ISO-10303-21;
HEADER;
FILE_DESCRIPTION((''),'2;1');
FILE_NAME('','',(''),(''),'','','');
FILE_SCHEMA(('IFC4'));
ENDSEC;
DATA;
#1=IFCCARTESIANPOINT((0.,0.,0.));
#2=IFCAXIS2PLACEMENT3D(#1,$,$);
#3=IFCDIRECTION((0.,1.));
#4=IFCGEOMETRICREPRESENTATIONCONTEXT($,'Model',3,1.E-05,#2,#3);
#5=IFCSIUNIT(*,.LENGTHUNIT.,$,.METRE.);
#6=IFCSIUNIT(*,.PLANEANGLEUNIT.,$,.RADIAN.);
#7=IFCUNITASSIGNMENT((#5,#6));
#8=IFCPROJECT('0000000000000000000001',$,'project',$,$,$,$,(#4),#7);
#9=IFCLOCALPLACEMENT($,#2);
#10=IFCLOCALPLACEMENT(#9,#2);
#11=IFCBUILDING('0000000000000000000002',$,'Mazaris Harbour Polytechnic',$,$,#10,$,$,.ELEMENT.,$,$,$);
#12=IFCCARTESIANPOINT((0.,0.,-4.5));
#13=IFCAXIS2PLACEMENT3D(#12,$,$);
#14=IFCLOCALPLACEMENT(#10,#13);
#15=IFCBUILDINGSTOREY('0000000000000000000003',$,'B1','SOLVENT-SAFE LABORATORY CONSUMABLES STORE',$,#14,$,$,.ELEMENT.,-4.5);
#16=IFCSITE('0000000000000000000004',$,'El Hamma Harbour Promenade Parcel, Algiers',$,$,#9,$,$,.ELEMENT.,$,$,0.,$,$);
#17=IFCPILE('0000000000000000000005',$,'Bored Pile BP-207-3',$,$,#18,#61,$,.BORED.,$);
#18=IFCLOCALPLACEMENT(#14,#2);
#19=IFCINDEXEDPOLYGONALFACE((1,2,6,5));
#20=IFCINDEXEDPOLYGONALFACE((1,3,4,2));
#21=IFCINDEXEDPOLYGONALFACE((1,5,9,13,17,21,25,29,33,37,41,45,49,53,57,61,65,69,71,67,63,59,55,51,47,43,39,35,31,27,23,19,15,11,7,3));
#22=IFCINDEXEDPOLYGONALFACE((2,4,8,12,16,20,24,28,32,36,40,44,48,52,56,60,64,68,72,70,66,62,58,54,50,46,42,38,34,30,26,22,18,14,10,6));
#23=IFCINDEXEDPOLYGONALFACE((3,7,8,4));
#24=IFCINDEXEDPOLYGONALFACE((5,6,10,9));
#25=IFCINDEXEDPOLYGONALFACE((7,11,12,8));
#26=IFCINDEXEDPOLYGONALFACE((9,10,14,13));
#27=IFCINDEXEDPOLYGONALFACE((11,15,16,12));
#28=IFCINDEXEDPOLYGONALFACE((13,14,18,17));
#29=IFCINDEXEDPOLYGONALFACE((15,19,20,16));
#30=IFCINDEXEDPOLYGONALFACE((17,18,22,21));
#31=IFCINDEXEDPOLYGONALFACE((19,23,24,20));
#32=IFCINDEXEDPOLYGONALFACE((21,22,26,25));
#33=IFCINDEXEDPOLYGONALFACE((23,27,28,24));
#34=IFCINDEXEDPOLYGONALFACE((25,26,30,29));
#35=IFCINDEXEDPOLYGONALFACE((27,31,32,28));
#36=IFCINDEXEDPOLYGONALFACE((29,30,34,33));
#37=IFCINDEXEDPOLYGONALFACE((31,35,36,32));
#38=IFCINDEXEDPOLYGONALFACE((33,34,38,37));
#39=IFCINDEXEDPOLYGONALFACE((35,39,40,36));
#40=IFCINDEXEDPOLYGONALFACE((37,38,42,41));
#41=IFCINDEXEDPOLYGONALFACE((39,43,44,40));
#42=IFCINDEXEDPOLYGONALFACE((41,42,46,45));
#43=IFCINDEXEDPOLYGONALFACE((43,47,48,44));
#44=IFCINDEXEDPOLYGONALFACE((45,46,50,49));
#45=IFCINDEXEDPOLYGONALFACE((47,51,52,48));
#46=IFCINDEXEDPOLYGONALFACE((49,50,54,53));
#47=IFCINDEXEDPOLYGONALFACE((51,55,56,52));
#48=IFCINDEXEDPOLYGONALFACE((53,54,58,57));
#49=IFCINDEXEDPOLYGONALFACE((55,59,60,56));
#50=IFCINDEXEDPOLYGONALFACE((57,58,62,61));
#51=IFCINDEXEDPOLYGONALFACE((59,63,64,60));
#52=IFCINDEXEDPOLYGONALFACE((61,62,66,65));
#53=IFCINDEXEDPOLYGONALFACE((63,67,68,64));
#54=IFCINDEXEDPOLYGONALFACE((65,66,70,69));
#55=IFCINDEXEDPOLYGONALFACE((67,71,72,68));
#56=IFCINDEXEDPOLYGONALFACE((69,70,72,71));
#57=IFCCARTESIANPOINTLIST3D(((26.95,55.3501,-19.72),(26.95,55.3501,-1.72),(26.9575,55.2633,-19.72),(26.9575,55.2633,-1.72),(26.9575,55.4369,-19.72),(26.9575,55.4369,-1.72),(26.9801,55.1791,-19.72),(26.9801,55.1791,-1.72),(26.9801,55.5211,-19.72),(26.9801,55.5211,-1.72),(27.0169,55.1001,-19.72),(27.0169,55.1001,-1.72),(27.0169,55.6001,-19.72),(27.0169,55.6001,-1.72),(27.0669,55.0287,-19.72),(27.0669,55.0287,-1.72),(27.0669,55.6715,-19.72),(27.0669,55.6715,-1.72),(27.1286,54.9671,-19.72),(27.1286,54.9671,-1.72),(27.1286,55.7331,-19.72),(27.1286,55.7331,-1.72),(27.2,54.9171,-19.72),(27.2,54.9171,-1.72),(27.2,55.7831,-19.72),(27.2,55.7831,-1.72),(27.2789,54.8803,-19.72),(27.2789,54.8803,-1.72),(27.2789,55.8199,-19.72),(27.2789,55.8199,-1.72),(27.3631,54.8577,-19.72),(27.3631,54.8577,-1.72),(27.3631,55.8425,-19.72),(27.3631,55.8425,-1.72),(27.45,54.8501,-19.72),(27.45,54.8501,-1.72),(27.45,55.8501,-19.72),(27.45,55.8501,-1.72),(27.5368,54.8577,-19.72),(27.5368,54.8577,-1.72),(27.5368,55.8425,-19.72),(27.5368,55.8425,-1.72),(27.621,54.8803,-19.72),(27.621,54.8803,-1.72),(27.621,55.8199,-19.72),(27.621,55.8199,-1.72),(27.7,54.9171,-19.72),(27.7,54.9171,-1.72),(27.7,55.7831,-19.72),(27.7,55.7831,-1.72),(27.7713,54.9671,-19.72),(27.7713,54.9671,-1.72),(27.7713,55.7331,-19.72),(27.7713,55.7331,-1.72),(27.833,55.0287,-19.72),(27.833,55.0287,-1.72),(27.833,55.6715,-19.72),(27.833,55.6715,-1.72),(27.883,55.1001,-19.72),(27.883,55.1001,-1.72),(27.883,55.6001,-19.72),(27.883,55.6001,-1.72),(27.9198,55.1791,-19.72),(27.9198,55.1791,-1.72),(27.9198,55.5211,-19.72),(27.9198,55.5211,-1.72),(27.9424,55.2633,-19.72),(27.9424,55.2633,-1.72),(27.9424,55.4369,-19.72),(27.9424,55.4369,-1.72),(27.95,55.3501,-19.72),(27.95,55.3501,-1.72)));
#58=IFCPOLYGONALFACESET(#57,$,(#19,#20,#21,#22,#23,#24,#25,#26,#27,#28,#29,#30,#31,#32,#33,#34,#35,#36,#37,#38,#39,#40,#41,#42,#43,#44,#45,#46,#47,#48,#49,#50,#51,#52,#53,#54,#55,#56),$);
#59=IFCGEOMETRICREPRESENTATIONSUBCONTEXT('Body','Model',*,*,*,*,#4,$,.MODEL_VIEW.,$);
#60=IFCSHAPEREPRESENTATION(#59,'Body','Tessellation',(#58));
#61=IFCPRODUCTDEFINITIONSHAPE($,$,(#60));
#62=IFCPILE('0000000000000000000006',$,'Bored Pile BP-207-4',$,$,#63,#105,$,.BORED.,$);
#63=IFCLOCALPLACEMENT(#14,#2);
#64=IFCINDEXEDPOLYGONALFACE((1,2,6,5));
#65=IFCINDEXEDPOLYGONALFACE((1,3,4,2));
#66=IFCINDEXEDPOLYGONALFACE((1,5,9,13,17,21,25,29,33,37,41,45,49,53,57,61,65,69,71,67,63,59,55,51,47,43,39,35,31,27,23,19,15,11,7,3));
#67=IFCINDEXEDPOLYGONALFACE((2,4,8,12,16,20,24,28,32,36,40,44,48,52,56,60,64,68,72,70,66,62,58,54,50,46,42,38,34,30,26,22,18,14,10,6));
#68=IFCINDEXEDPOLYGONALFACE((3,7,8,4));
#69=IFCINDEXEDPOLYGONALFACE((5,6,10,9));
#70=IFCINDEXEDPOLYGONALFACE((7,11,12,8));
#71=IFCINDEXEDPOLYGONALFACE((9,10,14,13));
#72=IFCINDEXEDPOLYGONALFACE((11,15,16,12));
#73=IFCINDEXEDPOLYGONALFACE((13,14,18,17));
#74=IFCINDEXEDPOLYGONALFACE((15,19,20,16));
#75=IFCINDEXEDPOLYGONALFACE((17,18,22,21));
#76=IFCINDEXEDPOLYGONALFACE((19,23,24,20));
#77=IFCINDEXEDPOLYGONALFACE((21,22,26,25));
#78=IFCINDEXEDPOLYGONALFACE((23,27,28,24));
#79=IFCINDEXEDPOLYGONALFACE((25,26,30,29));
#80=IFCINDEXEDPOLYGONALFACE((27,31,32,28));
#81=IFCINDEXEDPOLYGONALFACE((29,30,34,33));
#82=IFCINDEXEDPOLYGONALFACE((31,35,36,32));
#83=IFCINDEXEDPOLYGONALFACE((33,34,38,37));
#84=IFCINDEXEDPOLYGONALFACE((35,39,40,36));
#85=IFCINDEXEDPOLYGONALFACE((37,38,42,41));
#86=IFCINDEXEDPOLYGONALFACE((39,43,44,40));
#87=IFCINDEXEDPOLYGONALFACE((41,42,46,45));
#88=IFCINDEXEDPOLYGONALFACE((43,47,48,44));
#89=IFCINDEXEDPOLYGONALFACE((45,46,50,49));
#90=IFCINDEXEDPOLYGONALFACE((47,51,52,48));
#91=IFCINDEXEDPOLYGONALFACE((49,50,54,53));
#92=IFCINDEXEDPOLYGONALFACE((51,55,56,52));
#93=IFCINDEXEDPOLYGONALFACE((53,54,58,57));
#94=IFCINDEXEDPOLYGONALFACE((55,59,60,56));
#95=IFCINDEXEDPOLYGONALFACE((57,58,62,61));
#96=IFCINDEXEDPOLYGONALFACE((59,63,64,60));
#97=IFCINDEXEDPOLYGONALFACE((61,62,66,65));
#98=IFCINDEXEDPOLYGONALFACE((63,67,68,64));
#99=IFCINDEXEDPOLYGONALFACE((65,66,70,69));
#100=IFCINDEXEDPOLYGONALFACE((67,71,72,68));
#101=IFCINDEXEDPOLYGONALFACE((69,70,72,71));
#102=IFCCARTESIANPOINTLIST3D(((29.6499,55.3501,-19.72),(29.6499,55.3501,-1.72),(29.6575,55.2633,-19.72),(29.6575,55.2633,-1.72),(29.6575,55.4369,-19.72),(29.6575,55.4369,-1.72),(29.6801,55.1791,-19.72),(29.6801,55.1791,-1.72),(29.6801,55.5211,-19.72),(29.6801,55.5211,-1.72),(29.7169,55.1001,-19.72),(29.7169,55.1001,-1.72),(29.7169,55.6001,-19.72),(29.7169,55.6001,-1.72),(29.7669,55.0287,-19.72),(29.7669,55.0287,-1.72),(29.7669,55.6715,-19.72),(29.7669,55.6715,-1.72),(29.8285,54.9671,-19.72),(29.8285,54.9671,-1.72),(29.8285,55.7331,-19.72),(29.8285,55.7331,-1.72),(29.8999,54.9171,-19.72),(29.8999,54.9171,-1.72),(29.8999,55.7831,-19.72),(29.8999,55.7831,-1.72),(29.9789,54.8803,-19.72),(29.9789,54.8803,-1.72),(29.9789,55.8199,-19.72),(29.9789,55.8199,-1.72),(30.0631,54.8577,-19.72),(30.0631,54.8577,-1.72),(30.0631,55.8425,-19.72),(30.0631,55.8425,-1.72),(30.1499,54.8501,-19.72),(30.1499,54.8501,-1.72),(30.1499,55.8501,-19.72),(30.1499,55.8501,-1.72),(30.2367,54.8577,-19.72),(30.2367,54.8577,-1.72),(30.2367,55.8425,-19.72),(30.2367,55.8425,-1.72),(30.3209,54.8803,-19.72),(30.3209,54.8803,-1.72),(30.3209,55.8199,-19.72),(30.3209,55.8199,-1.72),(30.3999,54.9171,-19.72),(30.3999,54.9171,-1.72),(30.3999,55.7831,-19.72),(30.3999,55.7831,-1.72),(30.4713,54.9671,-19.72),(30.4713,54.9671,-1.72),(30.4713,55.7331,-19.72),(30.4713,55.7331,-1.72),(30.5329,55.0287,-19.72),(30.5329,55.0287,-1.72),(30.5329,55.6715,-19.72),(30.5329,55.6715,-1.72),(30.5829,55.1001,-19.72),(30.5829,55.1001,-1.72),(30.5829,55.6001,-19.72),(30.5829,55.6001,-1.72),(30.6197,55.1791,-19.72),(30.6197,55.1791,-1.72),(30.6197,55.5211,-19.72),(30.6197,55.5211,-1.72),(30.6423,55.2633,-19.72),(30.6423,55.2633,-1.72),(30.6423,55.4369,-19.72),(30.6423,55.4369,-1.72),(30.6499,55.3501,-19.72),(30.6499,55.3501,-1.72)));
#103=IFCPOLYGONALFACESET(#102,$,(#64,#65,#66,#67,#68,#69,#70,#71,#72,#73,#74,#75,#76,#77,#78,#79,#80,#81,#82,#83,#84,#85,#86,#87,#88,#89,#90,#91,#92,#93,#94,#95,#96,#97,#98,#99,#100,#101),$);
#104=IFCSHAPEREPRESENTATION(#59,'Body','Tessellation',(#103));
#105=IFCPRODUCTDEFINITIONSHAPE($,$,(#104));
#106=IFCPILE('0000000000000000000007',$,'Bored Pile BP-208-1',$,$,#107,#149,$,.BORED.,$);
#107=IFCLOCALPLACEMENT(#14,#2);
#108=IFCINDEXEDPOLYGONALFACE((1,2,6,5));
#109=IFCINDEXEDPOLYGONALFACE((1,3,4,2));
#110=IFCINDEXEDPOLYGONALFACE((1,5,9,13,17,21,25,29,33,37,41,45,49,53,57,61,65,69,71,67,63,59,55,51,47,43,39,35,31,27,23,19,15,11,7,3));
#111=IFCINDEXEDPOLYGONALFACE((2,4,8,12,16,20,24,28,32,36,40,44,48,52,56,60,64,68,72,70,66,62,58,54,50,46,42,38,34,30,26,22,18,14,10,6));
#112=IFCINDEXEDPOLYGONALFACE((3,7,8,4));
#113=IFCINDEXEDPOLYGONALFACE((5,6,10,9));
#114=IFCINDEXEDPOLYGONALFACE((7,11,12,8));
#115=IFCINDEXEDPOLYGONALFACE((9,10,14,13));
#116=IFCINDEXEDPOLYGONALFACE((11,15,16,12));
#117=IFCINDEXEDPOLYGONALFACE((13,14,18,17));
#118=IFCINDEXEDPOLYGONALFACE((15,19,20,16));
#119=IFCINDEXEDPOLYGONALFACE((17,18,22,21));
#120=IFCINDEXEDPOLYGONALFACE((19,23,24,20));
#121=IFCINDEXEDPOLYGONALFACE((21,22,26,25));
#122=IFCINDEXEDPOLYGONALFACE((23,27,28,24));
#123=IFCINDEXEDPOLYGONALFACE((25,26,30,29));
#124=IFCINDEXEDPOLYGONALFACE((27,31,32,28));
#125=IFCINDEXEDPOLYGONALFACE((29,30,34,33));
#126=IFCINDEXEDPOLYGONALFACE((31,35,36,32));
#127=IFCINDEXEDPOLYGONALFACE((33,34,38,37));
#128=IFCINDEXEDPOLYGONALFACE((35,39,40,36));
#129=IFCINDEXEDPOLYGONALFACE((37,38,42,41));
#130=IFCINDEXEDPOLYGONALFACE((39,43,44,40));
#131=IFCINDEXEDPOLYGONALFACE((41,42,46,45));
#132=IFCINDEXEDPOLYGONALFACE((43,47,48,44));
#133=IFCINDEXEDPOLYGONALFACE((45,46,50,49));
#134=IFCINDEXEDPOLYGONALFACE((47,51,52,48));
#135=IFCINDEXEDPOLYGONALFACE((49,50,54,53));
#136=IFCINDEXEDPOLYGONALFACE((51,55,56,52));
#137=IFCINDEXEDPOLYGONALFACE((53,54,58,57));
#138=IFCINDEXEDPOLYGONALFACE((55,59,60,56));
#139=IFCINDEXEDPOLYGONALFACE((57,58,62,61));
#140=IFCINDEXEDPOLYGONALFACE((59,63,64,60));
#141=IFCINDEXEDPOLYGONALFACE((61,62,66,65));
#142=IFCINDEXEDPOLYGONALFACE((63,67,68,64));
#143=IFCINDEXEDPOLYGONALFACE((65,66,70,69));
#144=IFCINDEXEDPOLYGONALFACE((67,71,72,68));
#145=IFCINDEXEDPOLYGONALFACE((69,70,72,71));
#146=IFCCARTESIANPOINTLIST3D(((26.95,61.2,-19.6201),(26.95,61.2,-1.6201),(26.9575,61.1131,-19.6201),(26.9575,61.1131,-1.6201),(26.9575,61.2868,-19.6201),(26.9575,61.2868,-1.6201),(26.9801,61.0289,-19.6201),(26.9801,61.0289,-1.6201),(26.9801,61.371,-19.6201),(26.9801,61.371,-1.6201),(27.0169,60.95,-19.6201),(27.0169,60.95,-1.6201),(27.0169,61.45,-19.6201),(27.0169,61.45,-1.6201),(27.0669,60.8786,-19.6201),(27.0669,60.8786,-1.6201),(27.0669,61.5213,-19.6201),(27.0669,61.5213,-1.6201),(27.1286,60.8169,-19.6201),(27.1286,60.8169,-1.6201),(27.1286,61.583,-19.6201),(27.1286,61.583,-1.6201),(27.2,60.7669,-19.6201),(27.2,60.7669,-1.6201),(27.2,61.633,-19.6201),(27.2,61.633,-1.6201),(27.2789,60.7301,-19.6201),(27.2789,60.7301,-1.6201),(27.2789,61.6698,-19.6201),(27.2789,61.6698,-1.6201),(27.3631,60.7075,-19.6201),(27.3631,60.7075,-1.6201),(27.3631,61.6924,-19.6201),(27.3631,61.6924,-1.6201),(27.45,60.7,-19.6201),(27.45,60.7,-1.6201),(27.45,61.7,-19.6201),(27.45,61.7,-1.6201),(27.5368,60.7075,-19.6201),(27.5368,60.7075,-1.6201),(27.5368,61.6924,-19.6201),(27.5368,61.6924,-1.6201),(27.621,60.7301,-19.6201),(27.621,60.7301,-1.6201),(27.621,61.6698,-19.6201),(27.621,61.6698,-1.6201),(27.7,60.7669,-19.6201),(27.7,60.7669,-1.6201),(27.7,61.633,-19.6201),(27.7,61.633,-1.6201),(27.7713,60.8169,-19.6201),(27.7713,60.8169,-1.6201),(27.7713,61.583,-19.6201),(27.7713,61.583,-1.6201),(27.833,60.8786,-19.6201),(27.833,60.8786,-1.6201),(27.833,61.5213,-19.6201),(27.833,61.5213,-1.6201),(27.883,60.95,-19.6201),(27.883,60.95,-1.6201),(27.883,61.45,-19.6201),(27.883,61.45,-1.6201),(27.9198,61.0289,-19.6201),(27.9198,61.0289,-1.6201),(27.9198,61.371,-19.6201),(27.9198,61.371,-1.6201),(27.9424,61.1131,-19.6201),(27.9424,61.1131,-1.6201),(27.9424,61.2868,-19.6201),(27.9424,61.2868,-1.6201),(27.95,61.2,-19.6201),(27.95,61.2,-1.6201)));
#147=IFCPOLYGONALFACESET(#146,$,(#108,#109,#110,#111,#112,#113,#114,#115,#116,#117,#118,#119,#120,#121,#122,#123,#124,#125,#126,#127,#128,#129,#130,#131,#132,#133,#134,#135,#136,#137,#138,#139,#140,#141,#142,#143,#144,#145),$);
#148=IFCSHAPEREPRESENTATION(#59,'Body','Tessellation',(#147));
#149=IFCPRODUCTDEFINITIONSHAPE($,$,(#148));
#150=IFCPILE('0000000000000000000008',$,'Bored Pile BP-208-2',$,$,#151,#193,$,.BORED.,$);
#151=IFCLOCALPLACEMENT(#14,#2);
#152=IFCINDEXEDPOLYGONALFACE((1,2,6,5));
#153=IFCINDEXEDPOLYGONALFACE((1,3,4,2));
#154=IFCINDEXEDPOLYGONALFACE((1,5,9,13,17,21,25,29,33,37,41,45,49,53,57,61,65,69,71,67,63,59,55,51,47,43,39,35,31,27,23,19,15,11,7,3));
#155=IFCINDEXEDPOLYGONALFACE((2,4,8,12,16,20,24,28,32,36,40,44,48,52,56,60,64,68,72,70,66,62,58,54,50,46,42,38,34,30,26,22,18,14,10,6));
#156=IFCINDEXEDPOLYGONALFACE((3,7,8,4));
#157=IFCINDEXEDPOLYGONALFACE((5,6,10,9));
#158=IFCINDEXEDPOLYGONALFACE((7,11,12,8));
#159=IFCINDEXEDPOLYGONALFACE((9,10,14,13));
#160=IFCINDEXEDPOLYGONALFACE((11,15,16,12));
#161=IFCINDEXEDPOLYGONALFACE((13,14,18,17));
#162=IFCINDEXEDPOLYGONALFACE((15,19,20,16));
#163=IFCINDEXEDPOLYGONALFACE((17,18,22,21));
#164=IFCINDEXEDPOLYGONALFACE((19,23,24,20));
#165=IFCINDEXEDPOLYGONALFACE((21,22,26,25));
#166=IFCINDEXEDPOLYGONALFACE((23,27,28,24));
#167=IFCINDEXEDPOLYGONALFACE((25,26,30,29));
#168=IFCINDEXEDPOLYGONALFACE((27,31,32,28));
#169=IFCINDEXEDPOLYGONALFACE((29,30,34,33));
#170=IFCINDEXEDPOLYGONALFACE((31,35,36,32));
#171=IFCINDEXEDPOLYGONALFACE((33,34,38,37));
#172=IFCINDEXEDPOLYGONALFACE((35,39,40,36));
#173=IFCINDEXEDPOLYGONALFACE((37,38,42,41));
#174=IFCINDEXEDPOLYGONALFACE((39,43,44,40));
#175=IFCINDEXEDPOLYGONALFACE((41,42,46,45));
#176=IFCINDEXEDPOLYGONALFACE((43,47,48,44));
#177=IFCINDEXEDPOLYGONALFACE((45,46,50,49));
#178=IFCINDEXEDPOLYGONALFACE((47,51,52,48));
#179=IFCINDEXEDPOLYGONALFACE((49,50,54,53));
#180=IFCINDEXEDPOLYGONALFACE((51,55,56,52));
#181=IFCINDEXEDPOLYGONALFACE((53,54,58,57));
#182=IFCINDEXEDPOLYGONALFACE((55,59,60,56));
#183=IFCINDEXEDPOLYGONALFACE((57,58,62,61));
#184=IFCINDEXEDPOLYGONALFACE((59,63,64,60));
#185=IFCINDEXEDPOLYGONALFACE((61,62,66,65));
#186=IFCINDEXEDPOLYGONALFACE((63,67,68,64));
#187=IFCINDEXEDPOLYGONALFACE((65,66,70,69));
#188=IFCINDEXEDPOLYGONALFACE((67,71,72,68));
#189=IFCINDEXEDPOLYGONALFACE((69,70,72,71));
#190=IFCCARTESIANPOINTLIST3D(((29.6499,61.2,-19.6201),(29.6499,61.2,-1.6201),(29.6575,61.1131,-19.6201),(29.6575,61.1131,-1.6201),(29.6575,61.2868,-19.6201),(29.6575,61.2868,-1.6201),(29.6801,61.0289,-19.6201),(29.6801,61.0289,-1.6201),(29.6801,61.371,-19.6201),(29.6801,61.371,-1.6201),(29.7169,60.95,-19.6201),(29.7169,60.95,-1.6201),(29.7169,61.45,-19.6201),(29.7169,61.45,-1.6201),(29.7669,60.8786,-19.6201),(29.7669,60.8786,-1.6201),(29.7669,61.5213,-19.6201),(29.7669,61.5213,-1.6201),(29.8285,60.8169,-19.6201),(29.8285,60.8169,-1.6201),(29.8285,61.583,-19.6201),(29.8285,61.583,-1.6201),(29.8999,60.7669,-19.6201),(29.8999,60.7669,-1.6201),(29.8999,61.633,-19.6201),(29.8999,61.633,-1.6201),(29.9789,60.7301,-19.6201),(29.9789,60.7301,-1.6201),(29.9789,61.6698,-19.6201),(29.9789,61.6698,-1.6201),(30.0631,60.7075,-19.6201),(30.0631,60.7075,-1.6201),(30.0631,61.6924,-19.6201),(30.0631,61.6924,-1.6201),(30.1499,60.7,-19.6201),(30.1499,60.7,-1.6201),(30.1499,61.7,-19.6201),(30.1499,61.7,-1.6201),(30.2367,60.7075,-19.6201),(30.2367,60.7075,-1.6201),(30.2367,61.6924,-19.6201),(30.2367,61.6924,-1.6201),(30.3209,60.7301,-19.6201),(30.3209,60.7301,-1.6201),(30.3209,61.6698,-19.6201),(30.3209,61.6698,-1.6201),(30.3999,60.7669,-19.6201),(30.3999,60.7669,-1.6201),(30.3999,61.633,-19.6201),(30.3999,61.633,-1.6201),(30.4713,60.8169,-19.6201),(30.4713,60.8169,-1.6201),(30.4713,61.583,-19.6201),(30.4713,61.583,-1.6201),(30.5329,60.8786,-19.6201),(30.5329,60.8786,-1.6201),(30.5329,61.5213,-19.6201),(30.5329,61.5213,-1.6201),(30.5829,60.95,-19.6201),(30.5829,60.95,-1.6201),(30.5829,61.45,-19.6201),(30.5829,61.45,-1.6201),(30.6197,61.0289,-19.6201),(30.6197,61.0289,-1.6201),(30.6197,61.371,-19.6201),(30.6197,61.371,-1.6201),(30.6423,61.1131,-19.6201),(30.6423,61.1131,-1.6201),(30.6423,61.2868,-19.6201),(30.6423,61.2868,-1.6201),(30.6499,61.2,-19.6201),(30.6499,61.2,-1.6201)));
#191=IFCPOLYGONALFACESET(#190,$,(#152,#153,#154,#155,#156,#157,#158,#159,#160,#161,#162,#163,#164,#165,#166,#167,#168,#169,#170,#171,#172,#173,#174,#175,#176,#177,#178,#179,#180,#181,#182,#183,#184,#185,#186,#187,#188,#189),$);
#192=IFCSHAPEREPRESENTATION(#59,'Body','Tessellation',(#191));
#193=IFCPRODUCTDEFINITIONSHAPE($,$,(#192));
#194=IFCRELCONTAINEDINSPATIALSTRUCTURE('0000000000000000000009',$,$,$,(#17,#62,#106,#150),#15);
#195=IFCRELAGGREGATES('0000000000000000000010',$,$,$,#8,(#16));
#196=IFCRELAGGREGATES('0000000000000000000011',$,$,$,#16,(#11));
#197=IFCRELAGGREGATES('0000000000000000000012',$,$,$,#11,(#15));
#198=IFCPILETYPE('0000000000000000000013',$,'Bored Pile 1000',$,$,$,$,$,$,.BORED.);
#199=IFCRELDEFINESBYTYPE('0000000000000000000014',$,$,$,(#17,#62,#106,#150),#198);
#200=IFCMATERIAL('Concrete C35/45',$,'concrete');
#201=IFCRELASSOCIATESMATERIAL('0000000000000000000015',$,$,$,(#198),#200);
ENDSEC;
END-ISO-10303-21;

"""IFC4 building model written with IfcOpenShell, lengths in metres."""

from ifc_helpers import new_model, si_unit, direction, frame, origin, origin_2d, place, context, subcontext, project, spatial, circle, extrude, material, material_profile, profile_set, type_object, element, save


model = new_model("IFC4")

# Units and contexts
model_context = context("Model", 3, precision=1e-05, world=origin(), true_north=direction((0.0, 1.0)))
body_context = subcontext(model_context, "Body", "Model", "MODEL_VIEW")
ifc_project = project(units=[si_unit("LENGTHUNIT", "METRE"), si_unit("PLANEANGLEUNIT", "RADIAN")], contexts=[model_context])

# Site, building, storey
site_placement = place(None, origin())
site = spatial("IfcSite", under=ifc_project, at=site_placement, Name="El Hamma Harbour Promenade Parcel, Algiers", CompositionType="ELEMENT", RefElevation=0.0)
building_placement = place(site_placement, origin())
building = spatial("IfcBuilding", under=site, at=building_placement, Name="Mazaris Harbour Polytechnic", CompositionType="ELEMENT")
storey_placement = place(building_placement, frame((0.0, 0.0, -4.5)))
storey = spatial("IfcBuildingStorey", under=building, at=storey_placement, Name="B1", Description="SOLVENT-SAFE LABORATORY CONSUMABLES STORE", CompositionType="ELEMENT", Elevation=-4.5)

# Piles
ifc_material_1 = material(Name="Concrete C35/45", Category="concrete")
ifc_material_profile_1 = material_profile(ifc_material_1, circle(Radius=0.5, at=origin_2d()), Name="DIA1000")
ifc_profile_set_1 = profile_set([ifc_material_profile_1], Name="Concrete C35/45")
pile_type_1 = type_object("IfcPileType", Name="Bored Pile 1000", PredefinedType="BORED", material=ifc_profile_set_1)
for number, where, z_axis, x_axis, name in (
    (1, (27.45, 55.3501, -1.72), (0.0, 0.0, -1.0), (1.0, 0.0, 0.0), "Bored Pile BP-207-3"),
    (2, (30.1499, 55.3501, -1.72), (0.0, 0.0, -1.0), (1.0, 0.0, 0.0), "Bored Pile BP-207-4"),
    (3, (27.45, 61.2, -1.6201), (0.0, 0.0, -1.0), (1.0, 0.0, 0.0), "Bored Pile BP-208-1"),
    (4, (30.1499, 61.2, -1.6201), (0.0, 0.0, -1.0), (1.0, 0.0, 0.0), "Bored Pile BP-208-2"),
):
    element("IfcPile", number, at=place(storey_placement, frame(where, z_axis=z_axis, x_axis=x_axis)), inside=storey, type_object=pile_type_1, Name=name, PredefinedType="BORED", context=body_context, shape_type="SweptSolid", body=[
        extrude(circle(Radius=0.5, at=origin_2d()), origin(), (0.0, 0.0, 1.0), 18.0),
    ])

save(model, "model.ifc")
